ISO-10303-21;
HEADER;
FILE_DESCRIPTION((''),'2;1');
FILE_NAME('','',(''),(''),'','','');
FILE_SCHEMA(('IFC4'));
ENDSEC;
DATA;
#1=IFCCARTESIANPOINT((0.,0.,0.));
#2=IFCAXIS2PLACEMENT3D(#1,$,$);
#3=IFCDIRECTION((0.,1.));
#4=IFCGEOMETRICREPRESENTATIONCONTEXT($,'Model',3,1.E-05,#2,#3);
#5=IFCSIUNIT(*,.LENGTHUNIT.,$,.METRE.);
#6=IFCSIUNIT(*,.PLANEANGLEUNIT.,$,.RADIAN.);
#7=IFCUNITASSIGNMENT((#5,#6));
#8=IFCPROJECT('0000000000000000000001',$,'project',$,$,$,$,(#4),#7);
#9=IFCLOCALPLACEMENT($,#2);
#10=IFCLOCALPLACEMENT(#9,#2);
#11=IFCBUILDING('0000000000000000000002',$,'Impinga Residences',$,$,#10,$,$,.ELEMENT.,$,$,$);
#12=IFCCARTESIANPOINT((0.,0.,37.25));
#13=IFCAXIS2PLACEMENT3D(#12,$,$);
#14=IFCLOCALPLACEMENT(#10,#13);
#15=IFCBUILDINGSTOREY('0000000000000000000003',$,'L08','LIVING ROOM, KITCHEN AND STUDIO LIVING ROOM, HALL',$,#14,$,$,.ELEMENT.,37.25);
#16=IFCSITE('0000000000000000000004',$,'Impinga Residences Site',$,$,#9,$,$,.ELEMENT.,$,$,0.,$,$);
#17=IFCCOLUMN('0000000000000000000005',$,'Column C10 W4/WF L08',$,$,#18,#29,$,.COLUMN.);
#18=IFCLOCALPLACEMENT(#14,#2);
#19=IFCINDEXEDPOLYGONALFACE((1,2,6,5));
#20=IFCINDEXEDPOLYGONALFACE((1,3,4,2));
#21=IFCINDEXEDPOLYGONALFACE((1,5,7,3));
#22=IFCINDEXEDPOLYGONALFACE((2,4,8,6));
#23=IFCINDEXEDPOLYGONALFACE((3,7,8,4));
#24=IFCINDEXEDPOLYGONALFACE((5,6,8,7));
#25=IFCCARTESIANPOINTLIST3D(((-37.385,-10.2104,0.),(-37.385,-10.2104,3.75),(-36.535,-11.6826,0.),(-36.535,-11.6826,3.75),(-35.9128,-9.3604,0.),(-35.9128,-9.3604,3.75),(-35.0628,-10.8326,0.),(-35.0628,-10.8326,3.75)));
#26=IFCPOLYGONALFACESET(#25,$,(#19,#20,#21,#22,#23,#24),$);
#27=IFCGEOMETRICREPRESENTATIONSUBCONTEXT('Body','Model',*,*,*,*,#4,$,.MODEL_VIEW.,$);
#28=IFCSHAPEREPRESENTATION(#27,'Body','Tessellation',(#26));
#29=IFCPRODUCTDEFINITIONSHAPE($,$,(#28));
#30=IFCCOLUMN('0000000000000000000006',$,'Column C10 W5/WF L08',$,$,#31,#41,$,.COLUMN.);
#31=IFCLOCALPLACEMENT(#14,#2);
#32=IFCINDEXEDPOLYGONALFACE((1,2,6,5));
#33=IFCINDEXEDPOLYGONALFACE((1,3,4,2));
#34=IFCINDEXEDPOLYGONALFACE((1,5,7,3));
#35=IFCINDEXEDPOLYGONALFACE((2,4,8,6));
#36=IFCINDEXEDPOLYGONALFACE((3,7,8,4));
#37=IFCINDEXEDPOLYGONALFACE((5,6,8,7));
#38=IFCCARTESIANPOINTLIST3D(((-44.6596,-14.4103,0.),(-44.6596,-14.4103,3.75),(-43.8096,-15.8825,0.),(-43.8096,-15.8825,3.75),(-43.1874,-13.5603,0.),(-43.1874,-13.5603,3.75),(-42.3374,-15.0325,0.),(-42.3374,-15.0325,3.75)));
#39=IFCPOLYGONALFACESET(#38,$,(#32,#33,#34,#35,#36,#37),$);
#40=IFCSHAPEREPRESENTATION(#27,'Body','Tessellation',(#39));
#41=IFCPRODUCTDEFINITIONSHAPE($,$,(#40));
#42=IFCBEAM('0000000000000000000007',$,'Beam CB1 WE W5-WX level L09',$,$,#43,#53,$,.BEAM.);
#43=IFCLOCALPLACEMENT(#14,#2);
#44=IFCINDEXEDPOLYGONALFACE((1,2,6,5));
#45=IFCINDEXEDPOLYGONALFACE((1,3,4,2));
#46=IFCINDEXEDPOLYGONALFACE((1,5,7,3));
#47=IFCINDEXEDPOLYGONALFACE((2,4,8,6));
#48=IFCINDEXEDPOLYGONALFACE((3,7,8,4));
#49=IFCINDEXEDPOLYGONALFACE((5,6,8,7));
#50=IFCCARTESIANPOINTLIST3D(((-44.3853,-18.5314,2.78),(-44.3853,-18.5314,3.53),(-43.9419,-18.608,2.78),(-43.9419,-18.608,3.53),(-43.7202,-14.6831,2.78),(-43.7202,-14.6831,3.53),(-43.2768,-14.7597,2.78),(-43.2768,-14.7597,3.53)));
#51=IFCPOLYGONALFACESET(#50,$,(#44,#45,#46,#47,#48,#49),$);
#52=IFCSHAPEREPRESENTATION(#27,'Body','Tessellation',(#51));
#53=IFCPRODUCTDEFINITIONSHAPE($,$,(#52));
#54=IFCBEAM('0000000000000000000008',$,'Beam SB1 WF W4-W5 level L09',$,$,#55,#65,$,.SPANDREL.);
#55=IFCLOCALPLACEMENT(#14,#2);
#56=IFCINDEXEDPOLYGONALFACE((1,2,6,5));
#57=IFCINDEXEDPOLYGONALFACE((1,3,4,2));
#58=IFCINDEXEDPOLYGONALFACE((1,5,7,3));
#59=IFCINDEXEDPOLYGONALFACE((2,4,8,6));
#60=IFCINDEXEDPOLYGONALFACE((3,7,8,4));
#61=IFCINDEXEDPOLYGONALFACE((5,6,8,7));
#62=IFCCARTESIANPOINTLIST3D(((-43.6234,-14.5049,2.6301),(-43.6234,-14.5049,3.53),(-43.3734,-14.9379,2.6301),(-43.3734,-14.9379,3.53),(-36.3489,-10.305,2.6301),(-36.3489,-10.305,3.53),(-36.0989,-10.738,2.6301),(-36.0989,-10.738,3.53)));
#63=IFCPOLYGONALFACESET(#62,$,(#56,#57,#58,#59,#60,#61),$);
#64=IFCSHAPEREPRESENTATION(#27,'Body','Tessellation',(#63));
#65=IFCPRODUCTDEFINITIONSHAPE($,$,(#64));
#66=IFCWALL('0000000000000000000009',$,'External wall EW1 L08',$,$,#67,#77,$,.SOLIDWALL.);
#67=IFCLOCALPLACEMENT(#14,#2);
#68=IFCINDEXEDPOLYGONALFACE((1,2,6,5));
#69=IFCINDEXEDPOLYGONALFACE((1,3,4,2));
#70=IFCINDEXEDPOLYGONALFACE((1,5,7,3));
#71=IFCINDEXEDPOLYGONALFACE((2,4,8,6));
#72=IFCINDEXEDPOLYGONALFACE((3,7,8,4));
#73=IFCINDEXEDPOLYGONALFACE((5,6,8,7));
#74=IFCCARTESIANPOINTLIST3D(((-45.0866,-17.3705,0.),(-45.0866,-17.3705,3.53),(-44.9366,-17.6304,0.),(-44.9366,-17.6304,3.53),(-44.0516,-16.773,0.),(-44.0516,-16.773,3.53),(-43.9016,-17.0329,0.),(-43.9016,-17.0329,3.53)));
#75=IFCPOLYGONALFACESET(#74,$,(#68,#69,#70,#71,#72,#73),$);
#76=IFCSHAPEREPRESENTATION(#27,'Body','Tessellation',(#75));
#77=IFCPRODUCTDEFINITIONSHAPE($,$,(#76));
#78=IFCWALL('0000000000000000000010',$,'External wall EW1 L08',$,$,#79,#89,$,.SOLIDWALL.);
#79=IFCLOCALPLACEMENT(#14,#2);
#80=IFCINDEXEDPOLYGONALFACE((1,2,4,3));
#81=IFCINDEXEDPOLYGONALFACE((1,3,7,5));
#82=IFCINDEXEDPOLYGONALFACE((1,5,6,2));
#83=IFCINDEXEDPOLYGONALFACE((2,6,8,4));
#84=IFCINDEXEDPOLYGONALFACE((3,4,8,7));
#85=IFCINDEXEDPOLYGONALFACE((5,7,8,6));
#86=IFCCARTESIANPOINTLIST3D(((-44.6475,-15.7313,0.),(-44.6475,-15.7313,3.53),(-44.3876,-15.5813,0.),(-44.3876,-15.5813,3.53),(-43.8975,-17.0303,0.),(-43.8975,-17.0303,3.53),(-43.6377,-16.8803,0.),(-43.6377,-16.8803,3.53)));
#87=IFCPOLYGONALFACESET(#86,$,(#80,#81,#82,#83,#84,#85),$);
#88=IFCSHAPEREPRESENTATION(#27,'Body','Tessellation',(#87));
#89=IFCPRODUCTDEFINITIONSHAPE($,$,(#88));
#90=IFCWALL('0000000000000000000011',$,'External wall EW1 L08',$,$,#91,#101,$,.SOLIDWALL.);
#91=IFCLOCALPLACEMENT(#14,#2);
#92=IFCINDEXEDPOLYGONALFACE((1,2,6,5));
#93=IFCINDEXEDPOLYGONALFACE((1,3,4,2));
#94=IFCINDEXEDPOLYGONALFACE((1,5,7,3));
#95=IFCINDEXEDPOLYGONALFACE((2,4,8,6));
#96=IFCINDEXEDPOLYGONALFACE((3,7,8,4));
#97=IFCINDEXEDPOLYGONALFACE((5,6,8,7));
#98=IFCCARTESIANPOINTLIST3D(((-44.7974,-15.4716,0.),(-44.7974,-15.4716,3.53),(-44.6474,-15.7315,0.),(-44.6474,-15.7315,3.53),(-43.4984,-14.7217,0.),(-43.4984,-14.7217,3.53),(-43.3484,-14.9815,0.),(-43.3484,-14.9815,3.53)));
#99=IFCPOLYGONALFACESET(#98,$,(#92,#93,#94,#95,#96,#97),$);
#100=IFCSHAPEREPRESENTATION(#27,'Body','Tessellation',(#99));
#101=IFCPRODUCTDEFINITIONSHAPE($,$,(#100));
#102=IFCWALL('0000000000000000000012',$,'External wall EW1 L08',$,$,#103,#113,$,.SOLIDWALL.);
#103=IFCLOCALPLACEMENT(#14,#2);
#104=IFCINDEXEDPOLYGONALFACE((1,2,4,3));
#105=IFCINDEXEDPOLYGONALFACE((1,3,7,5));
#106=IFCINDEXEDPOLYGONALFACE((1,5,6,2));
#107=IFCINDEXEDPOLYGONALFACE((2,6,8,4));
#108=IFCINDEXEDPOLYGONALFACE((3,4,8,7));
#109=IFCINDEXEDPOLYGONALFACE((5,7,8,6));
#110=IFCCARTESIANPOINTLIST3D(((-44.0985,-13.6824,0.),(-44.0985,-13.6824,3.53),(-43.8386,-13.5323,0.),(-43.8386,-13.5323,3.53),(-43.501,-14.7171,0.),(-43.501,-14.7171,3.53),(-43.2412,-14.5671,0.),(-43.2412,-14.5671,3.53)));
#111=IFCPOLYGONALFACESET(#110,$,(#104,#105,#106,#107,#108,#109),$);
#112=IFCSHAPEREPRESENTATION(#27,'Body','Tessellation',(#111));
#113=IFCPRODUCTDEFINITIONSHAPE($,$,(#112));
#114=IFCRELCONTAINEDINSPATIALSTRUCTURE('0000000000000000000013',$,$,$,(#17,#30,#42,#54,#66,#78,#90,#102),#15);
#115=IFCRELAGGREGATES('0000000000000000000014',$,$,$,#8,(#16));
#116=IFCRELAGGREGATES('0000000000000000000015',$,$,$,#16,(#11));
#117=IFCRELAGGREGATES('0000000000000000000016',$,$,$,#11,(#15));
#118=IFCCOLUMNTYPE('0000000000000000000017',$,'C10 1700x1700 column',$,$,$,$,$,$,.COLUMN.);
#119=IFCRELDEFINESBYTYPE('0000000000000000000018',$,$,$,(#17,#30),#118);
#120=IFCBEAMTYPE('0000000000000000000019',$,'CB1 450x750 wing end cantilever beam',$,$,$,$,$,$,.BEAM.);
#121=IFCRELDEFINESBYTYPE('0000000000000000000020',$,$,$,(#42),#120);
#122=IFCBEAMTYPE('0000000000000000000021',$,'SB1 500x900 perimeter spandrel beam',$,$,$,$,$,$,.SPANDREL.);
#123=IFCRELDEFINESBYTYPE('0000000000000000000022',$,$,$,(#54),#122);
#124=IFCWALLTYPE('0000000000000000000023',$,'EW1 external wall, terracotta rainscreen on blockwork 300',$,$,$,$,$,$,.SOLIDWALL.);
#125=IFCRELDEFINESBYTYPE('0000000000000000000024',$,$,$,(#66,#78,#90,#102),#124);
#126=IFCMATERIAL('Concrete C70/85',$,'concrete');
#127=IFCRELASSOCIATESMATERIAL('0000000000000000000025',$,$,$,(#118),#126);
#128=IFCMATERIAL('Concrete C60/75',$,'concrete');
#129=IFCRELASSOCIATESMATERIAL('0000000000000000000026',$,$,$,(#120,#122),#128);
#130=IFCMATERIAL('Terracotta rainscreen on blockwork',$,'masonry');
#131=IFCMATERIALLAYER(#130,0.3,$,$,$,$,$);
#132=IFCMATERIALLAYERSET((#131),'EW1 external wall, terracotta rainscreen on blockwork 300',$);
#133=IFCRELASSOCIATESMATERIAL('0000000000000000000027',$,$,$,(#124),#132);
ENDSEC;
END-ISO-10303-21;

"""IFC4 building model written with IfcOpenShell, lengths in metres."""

from ifc_helpers import new_model, si_unit, direction, frame, frame_2d, origin, origin_2d, place, context, subcontext, project, spatial, rectangle, extrude, material, layer, layer_set, material_profile, profile_set, type_object, element, save


model = new_model("IFC4")

# Units and contexts
model_context = context("Model", 3, precision=1e-05, world=origin(), true_north=direction((0.0, 1.0)))
body_context = subcontext(model_context, "Body", "Model", "MODEL_VIEW")
ifc_project = project(units=[si_unit("LENGTHUNIT", "METRE"), si_unit("PLANEANGLEUNIT", "RADIAN")], contexts=[model_context])

# Site, building, storey
site_placement = place(None, origin())
site = spatial("IfcSite", under=ifc_project, at=site_placement, Name="Impinga Residences Site", CompositionType="ELEMENT", RefElevation=0.0)
building_placement = place(site_placement, origin())
building = spatial("IfcBuilding", under=site, at=building_placement, Name="Impinga Residences", CompositionType="ELEMENT")
storey_placement = place(building_placement, frame((0.0, 0.0, 37.25)))
storey = spatial("IfcBuildingStorey", under=building, at=storey_placement, Name="L08", Description="LIVING ROOM, KITCHEN AND STUDIO LIVING ROOM, HALL", CompositionType="ELEMENT", Elevation=37.25)

# Columns
ifc_material_1 = material(Name="Concrete C70/85", Category="concrete")
ifc_material_profile_1 = material_profile(ifc_material_1, rectangle(XDim=1.7, YDim=1.7, at=origin_2d()), Name="RC 1700x1700")
ifc_profile_set_1 = profile_set([ifc_material_profile_1], Name="Concrete C70/85")
column_type = type_object("IfcColumnType", Name="C10 1700x1700 column", PredefinedType="COLUMN", material=ifc_profile_set_1)
for number, where, z_axis, x_axis, name in (
    (1, (-36.2239, -10.5215, 0.0), (0.0, 0.0, 1.0), (-0.5, 0.866025, 0.0), "Column C10 W4/WF L08"),
    (2, (-43.4985, -14.7214, 0.0), (0.0, 0.0, 1.0), (-0.5, 0.866025, 0.0), "Column C10 W5/WF L08"),
):
    element("IfcColumn", number, at=place(storey_placement, frame(where, z_axis=z_axis, x_axis=x_axis)), inside=storey, type_object=column_type, Name=name, PredefinedType="COLUMN", context=body_context, shape_type="SweptSolid", body=[
        extrude(rectangle(XDim=1.7, YDim=1.7, at=origin_2d()), origin(), (0.0, 0.0, 1.0), 3.75),
    ])

# Beams
ifc_material_2 = material(Name="Concrete C60/75", Category="concrete")
ifc_material_profile_2 = material_profile(ifc_material_2, rectangle(XDim=0.45, YDim=0.75, at=origin_2d()), Name="RC 450x750")
ifc_profile_set_2 = profile_set([ifc_material_profile_2], Name="Concrete C60/75")
beam_type_1 = type_object("IfcBeamType", Name="CB1 450x750 wing end cantilever beam", PredefinedType="BEAM", material=ifc_profile_set_2)
beam_1_placement = place(storey_placement, frame((-43.4985, -14.7214, 3.155), z_axis=(-0.170296, -0.985393, 0.0), x_axis=(0.985393, -0.170296, 0.0)))
element("IfcBeam", 3, at=beam_1_placement, inside=storey, type_object=beam_type_1, Name="Beam CB1 WE W5-WX level L09", PredefinedType="BEAM", context=body_context, shape_type="SweptSolid", body=[
    extrude(rectangle(XDim=0.45, YDim=0.75, at=origin_2d()), origin(), (0.0, 0.0, 1.0), 3.9053),
])
ifc_material_profile_3 = material_profile(ifc_material_2, rectangle(XDim=0.5, YDim=0.8999, at=origin_2d()), Name="RC 500x900")
ifc_profile_set_3 = profile_set([ifc_material_profile_3], Name="Concrete C60/75")
beam_type_2 = type_object("IfcBeamType", Name="SB1 500x900 perimeter spandrel beam", PredefinedType="SPANDREL", material=ifc_profile_set_3)
beam_2_placement = place(storey_placement, frame((-36.2239, -10.5215, 3.0801), z_axis=(-0.866029, -0.499993, 0.0), x_axis=(0.499993, -0.866029, 0.0)))
element("IfcBeam", 4, at=beam_2_placement, inside=storey, type_object=beam_type_2, Name="Beam SB1 WF W4-W5 level L09", PredefinedType="SPANDREL", context=body_context, shape_type="SweptSolid", body=[
    extrude(rectangle(XDim=0.5, YDim=0.8999, at=origin_2d()), origin(), (0.0, 0.0, 1.0), 8.3999),
])

# Walls
ifc_material_3 = material(Name="Terracotta rainscreen on blockwork", Category="masonry")
ifc_layer_1 = layer(ifc_material_3, 0.3)
ifc_layer_set_1 = layer_set([ifc_layer_1], Name="EW1 external wall, terracotta rainscreen on blockwork 300")
wall_type_1 = type_object("IfcWallType", Name="EW1 external wall, terracotta rainscreen on blockwork 300", PredefinedType="SOLIDWALL", material=ifc_layer_set_1)
wall_1_placement = place(storey_placement, frame((-45.0117, -17.5005, 0.0), z_axis=(0.0, 0.0, 1.0), x_axis=(0.86606, 0.499941, 0.0)))
element("IfcWall", 5, at=wall_1_placement, inside=storey, type_object=wall_type_1, Name="External wall EW1 L08", PredefinedType="SOLIDWALL", context=body_context, shape_type="SweptSolid", body=[
    extrude(rectangle(XDim=1.1951, YDim=0.3, at=frame_2d((0.5977, 0.0))), origin(), (0.0, 0.0, 1.0), 3.53),
])
for number, where, z_axis, x_axis, name in (
    (6, (-43.7676, -16.9553, 0.0), (0.0, 0.0, 1.0), (-0.49999, 0.866031, 0.0), "External wall EW1 L08"),
    (7, (-44.7224, -15.6016, 0.0), (0.0, 0.0, 1.0), (0.866031, 0.49999, 0.0), "External wall EW1 L08"),
):
    element("IfcWall", number, at=place(storey_placement, frame(where, z_axis=z_axis, x_axis=x_axis)), inside=storey, type_object=wall_type_1, Name=name, PredefinedType="SOLIDWALL", context=body_context, shape_type="SweptSolid", body=[
        extrude(rectangle(XDim=1.5, YDim=0.3, at=frame_2d((0.75, 0.0))), origin(), (0.0, 0.0, 1.0), 3.53),
    ])
wall_2_placement = place(storey_placement, frame((-43.3711, -14.6421, 0.0), z_axis=(0.0, 0.0, 1.0), x_axis=(-0.500029, 0.866009, 0.0)))
element("IfcWall", 8, at=wall_2_placement, inside=storey, type_object=wall_type_1, Name="External wall EW1 L08", PredefinedType="SOLIDWALL", context=body_context, shape_type="SweptSolid", body=[
    extrude(rectangle(XDim=1.1948, YDim=0.3, at=frame_2d((0.5974, 0.0))), origin(), (0.0, 0.0, 1.0), 3.53),
])

save(model, "model.ifc")
